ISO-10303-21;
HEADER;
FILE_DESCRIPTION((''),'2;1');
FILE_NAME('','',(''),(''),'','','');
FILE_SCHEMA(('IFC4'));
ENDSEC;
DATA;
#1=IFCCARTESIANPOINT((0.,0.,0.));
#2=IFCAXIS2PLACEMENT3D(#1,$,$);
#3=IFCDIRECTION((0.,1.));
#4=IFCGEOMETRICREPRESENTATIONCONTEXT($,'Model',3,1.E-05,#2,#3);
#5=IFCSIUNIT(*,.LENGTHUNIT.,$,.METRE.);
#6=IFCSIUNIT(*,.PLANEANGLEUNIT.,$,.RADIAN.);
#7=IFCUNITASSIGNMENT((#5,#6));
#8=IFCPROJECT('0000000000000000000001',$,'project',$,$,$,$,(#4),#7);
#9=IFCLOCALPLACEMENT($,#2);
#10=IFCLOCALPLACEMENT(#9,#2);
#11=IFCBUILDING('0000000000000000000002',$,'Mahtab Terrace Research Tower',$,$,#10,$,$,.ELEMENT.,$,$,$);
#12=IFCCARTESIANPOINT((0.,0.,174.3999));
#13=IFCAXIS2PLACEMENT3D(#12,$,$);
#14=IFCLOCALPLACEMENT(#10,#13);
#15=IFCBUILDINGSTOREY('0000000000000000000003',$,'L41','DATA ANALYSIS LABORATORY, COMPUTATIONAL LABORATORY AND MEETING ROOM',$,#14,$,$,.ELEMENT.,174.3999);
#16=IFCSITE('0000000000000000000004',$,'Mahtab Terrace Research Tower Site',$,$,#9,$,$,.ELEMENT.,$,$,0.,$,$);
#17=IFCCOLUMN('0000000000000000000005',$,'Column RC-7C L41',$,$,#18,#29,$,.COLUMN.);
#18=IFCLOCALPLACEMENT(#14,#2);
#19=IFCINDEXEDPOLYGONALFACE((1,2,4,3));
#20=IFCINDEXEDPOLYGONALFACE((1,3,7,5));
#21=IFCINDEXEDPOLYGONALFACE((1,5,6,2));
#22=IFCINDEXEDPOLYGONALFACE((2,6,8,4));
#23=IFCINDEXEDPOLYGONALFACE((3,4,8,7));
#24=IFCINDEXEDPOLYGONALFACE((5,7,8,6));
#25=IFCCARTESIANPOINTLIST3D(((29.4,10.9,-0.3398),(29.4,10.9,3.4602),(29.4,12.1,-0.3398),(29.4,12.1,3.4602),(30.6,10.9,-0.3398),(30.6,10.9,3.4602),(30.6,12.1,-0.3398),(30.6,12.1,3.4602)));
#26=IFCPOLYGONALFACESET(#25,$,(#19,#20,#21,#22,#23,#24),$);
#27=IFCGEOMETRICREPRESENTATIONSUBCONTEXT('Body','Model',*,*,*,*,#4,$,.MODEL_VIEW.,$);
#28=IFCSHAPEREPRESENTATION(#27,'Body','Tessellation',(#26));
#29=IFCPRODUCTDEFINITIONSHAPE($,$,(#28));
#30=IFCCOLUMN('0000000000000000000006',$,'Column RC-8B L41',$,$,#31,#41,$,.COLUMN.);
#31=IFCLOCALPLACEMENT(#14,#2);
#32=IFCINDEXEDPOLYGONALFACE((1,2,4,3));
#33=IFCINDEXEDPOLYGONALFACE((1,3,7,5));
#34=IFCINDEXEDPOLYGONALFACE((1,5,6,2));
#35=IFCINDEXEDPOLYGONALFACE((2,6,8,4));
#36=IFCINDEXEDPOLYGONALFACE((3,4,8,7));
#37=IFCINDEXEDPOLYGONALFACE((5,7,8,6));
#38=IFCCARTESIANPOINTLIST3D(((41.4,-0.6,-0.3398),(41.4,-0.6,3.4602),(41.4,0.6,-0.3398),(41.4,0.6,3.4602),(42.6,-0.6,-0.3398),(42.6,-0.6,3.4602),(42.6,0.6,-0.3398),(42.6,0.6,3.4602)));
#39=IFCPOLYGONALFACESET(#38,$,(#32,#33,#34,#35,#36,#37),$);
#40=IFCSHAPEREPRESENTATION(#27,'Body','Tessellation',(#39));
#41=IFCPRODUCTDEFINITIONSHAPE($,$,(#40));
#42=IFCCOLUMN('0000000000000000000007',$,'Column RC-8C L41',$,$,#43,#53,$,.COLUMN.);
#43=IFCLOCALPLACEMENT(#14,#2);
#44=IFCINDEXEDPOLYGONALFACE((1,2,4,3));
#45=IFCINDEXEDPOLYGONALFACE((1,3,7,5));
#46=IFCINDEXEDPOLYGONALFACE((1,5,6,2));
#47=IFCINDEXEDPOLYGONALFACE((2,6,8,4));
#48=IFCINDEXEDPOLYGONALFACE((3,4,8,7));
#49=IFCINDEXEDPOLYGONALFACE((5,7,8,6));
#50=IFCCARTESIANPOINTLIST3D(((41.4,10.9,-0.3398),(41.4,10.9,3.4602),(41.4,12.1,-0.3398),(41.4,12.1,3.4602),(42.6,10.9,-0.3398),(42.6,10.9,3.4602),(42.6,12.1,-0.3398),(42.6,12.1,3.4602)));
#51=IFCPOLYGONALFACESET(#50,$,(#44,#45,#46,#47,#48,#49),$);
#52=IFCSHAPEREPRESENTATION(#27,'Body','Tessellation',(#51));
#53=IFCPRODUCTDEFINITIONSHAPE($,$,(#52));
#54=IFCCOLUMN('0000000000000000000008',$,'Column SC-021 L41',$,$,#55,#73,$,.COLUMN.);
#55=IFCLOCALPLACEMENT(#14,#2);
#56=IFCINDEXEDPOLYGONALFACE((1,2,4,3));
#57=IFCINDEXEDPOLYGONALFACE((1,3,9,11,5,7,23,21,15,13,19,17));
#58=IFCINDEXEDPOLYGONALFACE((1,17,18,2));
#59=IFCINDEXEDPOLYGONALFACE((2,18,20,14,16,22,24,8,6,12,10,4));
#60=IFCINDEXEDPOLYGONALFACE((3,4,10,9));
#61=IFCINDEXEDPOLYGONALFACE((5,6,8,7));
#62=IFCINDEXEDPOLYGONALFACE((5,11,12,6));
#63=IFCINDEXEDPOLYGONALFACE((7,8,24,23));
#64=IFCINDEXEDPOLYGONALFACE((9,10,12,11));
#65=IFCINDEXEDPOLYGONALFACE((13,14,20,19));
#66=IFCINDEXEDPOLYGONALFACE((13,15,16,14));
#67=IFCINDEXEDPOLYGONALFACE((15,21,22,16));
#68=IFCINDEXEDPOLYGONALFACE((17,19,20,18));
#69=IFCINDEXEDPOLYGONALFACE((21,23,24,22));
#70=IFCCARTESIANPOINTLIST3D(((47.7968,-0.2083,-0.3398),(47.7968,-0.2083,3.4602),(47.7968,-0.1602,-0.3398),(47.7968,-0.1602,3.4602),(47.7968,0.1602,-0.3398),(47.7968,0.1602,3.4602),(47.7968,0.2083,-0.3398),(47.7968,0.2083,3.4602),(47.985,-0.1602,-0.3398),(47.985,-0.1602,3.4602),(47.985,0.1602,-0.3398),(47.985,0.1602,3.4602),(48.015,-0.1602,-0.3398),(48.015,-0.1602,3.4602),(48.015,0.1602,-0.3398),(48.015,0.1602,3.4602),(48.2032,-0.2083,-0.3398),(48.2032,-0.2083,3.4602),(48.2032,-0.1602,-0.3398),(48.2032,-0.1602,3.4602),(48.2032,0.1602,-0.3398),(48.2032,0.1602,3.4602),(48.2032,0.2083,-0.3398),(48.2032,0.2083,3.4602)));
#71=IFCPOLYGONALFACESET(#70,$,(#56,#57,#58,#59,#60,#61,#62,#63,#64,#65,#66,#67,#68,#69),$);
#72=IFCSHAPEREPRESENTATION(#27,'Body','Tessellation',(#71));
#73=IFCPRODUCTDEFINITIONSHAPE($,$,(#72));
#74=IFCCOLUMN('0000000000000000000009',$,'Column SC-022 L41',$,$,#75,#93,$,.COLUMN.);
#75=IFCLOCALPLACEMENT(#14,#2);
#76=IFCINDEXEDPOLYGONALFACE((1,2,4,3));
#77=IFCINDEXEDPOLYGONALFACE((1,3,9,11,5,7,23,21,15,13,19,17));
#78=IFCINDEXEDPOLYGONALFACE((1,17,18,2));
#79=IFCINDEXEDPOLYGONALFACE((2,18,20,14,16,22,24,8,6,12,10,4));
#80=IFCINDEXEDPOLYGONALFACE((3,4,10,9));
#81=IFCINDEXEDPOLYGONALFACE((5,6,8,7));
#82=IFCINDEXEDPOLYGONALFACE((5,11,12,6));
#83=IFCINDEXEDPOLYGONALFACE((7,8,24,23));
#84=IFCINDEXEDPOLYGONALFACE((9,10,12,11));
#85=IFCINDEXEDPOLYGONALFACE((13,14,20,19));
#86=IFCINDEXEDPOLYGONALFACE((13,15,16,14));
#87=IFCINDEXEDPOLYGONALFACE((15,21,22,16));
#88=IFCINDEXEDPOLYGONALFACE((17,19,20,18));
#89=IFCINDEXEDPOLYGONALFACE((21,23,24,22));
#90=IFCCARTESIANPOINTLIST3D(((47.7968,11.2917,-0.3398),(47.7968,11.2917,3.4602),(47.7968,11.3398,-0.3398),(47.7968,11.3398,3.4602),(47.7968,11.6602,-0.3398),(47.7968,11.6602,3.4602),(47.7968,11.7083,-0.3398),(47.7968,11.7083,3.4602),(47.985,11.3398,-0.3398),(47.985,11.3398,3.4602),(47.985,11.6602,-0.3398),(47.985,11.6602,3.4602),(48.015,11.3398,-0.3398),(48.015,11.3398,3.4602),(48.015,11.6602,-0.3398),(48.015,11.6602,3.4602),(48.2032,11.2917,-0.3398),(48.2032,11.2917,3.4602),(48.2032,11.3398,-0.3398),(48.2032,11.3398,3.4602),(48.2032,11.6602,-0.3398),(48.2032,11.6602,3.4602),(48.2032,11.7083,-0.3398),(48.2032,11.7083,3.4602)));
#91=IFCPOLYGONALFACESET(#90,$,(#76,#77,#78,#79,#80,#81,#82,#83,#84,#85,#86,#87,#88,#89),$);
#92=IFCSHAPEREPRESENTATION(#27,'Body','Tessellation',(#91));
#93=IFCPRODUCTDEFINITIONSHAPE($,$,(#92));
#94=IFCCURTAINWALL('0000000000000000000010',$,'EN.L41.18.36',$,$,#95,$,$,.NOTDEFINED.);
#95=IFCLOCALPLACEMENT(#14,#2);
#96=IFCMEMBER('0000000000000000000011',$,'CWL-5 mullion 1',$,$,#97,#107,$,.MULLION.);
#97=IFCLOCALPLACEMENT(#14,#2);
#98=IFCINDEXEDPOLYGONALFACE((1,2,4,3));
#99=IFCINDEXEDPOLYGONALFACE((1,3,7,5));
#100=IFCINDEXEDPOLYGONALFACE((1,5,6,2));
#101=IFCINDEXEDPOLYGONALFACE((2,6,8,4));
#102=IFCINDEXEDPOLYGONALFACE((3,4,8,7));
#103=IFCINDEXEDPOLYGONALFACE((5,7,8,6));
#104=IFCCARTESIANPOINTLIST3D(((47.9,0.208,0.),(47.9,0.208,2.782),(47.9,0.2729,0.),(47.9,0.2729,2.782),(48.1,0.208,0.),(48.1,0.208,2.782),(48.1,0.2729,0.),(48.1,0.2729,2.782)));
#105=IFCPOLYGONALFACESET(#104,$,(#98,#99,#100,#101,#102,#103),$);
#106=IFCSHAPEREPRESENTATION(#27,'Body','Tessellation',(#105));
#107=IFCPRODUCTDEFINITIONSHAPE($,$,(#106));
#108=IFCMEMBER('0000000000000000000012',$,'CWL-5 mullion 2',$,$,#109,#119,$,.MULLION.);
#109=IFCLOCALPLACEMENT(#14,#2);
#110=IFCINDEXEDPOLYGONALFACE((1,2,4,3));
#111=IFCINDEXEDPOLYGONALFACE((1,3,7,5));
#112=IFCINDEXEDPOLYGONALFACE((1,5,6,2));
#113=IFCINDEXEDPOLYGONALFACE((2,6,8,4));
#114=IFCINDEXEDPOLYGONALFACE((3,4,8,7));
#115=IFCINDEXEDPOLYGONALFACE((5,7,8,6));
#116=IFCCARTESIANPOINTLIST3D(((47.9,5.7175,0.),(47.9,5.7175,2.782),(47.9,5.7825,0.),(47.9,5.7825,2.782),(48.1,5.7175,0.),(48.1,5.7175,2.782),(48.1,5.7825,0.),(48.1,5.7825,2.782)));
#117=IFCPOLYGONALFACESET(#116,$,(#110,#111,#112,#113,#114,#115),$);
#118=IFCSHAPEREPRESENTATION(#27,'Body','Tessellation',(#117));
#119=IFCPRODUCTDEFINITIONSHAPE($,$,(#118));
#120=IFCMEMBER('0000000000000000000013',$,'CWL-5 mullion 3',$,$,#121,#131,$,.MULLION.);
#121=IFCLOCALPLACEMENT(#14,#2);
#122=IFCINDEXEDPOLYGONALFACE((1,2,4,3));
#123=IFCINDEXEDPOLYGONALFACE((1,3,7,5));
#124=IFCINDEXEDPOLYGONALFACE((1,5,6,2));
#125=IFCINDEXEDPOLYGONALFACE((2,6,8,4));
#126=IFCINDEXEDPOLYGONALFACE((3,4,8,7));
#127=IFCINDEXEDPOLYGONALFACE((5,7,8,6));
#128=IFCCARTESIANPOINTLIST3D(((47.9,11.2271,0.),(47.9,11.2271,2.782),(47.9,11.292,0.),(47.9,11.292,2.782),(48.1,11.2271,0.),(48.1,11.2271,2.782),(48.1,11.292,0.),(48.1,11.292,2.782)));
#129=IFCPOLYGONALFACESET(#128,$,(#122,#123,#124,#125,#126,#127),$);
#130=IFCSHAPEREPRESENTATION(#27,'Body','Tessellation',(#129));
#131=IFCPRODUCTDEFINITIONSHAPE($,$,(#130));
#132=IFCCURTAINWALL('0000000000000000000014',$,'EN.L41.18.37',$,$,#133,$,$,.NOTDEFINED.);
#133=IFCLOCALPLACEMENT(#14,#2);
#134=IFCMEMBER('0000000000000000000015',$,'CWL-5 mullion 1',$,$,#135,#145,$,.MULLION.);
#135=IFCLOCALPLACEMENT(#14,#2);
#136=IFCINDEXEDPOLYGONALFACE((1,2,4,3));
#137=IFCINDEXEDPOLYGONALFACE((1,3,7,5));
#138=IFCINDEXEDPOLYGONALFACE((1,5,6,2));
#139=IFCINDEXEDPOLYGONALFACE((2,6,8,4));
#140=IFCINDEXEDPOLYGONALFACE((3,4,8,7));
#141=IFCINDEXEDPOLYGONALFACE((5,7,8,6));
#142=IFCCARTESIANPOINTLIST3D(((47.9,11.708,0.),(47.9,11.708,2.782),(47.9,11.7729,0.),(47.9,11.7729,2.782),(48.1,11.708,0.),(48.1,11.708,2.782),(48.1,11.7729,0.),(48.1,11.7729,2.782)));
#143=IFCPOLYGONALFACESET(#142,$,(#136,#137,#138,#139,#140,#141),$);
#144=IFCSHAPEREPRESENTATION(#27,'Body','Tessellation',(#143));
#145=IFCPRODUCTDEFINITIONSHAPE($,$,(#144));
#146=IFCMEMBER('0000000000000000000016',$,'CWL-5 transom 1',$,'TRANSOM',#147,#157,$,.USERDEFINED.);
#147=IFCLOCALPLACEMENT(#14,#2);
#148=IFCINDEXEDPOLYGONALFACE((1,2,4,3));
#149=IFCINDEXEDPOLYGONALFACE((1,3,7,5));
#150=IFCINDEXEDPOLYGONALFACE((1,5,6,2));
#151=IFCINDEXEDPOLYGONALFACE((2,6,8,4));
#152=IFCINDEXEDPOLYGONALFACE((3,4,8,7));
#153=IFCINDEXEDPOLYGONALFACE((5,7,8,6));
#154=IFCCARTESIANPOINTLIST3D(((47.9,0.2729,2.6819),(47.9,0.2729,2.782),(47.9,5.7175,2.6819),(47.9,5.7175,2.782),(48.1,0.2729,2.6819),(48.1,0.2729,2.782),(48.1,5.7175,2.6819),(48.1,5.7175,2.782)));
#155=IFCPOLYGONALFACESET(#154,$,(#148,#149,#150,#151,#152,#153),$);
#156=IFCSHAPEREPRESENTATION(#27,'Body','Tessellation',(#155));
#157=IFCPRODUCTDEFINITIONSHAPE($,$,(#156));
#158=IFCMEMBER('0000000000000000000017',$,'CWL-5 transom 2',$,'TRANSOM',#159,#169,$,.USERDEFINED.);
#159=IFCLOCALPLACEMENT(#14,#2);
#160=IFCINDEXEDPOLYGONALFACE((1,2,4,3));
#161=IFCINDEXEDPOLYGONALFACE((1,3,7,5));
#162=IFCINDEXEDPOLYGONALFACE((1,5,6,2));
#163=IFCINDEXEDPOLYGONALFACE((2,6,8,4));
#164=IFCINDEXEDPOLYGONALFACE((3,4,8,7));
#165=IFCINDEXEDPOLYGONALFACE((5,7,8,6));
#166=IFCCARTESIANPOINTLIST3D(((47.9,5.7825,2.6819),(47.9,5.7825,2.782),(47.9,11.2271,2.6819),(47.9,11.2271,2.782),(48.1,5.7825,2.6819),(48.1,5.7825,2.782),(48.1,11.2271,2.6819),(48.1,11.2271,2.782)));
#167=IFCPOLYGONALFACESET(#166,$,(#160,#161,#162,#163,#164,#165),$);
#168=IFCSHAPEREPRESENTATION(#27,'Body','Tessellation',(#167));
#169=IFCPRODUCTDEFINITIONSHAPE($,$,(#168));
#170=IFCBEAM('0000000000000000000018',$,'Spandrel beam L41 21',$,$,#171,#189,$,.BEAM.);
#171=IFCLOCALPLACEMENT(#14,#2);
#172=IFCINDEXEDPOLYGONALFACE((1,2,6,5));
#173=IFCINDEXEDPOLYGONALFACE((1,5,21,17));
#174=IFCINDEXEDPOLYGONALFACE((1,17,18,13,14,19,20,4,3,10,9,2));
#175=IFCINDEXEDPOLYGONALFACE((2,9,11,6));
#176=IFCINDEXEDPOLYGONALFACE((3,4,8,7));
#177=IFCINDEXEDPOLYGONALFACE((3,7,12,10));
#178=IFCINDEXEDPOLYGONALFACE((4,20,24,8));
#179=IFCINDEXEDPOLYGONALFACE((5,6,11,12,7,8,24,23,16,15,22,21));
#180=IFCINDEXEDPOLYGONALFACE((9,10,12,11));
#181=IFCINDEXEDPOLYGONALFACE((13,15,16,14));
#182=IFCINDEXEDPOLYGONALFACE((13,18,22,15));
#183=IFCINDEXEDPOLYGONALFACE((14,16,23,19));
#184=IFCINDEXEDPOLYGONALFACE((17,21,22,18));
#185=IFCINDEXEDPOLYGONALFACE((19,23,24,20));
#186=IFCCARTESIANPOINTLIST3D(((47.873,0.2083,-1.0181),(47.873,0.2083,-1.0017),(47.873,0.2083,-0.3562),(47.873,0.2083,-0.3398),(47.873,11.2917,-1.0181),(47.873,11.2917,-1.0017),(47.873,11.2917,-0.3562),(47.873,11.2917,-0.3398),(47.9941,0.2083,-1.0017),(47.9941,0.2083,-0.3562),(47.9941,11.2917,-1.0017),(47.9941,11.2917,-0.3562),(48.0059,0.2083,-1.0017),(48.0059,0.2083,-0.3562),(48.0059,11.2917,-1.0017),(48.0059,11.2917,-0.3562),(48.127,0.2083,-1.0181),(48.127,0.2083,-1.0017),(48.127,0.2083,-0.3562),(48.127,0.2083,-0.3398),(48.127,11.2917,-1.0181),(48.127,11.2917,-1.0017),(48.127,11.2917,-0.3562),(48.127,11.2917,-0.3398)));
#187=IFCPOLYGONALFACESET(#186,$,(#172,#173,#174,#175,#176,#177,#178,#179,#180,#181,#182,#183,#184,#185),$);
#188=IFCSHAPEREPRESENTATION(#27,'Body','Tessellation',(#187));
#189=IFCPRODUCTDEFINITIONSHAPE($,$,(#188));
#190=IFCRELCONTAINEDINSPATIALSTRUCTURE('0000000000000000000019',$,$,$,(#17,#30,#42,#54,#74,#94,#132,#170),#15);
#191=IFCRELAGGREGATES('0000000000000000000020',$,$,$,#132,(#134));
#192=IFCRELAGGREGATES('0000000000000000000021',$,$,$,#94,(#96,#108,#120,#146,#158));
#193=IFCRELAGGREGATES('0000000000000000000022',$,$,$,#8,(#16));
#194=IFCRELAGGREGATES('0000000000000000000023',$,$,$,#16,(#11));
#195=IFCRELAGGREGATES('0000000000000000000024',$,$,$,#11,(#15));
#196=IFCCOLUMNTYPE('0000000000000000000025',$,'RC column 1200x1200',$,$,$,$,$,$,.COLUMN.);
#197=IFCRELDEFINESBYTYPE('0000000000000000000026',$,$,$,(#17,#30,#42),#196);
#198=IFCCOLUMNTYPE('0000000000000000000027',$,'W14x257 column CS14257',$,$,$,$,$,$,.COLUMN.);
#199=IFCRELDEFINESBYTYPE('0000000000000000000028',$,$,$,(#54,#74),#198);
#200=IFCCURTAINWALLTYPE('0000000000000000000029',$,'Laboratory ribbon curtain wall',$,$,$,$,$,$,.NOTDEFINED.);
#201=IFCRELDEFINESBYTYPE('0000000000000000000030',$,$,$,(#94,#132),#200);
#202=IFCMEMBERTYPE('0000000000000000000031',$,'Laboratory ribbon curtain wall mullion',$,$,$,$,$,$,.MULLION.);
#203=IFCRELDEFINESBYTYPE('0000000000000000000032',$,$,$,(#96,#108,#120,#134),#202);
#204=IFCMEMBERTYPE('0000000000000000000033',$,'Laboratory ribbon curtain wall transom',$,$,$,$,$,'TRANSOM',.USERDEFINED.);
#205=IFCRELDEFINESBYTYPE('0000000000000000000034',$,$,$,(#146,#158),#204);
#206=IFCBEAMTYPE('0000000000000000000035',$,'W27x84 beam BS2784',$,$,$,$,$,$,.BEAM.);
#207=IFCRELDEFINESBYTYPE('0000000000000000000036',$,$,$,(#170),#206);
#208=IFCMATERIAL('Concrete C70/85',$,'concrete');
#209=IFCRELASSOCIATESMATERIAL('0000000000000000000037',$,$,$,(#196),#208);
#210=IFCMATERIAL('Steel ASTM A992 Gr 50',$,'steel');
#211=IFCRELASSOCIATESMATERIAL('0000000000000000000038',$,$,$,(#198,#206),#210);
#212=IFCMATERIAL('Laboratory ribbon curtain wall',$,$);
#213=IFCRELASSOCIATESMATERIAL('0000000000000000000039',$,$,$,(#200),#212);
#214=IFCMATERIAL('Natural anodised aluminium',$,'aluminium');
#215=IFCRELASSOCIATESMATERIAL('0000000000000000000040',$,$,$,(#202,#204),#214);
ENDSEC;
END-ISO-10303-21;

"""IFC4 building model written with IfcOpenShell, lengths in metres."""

from ifc_helpers import new_model, si_unit, direction, frame, origin, origin_2d, place, context, subcontext, project, spatial, rectangle, i_section, extrude, material, material_profile, profile_set, type_object, element, aggregate, save


model = new_model("IFC4")

# Units and contexts
model_context = context("Model", 3, precision=1e-05, world=origin(), true_north=direction((0.0, 1.0)))
body_context = subcontext(model_context, "Body", "Model", "MODEL_VIEW")
ifc_project = project(units=[si_unit("LENGTHUNIT", "METRE"), si_unit("PLANEANGLEUNIT", "RADIAN")], contexts=[model_context])

# Site, building, storey
site_placement = place(None, origin())
site = spatial("IfcSite", under=ifc_project, at=site_placement, Name="Mahtab Terrace Research Tower Site", CompositionType="ELEMENT", RefElevation=0.0)
building_placement = place(site_placement, origin())
building = spatial("IfcBuilding", under=site, at=building_placement, Name="Mahtab Terrace Research Tower", CompositionType="ELEMENT")
storey_placement = place(building_placement, frame((0.0, 0.0, 174.3999)))
storey = spatial("IfcBuildingStorey", under=building, at=storey_placement, Name="L41", Description="DATA ANALYSIS LABORATORY, COMPUTATIONAL LABORATORY AND MEETING ROOM", CompositionType="ELEMENT", Elevation=174.3999)

# Columns
ifc_material_1 = material(Name="Concrete C70/85", Category="concrete")
ifc_material_profile_1 = material_profile(ifc_material_1, rectangle(XDim=1.2, YDim=1.2, at=origin_2d()), Name="RC column 1200x1200")
ifc_profile_set_1 = profile_set([ifc_material_profile_1], Name="Concrete C70/85")
column_type_1 = type_object("IfcColumnType", Name="RC column 1200x1200", PredefinedType="COLUMN", material=ifc_profile_set_1)
for number, where, z_axis, x_axis, name in (
    (1, (30.0, 11.5, -0.3398), (0.0, 0.0, 1.0), (1.0, 0.0, 0.0), "Column RC-7C L41"),
    (2, (42.0, 0.0, -0.3398), (0.0, 0.0, 1.0), (1.0, 0.0, 0.0), "Column RC-8B L41"),
    (3, (42.0, 11.5, -0.3398), (0.0, 0.0, 1.0), (1.0, 0.0, 0.0), "Column RC-8C L41"),
):
    element("IfcColumn", number, at=place(storey_placement, frame(where, z_axis=z_axis, x_axis=x_axis)), inside=storey, type_object=column_type_1, Name=name, PredefinedType="COLUMN", context=body_context, shape_type="SweptSolid", body=[
        extrude(rectangle(XDim=1.2, YDim=1.2, at=origin_2d()), origin(), (0.0, 0.0, 1.0), 3.8),
    ])
ifc_material_2 = material(Name="Steel ASTM A992 Gr 50", Category="steel")
ifc_material_profile_2 = material_profile(ifc_material_2, i_section(OverallWidth=0.4065, OverallDepth=0.4165, WebThickness=0.03, FlangeThickness=0.0481, at=origin_2d()), Name="W14X257")
ifc_profile_set_2 = profile_set([ifc_material_profile_2], Name="Steel ASTM A992 Gr 50")
column_type_2 = type_object("IfcColumnType", Name="W14x257 column CS14257", PredefinedType="COLUMN", material=ifc_profile_set_2)
for number, where, z_axis, x_axis, name in (
    (4, (48.0, 0.0, -0.3398), (0.0, 0.0, 1.0), (1.0, 0.0, 0.0), "Column SC-021 L41"),
    (5, (48.0, 11.5, -0.3398), (0.0, 0.0, 1.0), (1.0, 0.0, 0.0), "Column SC-022 L41"),
):
    element("IfcColumn", number, at=place(storey_placement, frame(where, z_axis=z_axis, x_axis=x_axis)), inside=storey, type_object=column_type_2, Name=name, PredefinedType="COLUMN", context=body_context, shape_type="SweptSolid", body=[
        extrude(i_section(OverallWidth=0.4065, OverallDepth=0.4165, WebThickness=0.03, FlangeThickness=0.0481, at=origin_2d()), origin(), (0.0, 0.0, 1.0), 3.8),
    ])

# Curtain wall, members
ifc_material_3 = material(Name="Laboratory ribbon curtain wall")
curtain_wall_type = type_object("IfcCurtainWallType", Name="Laboratory ribbon curtain wall", PredefinedType="NOTDEFINED", material=ifc_material_3)
curtain_wall_1_placement = place(storey_placement, origin())
curtain_wall_1 = element("IfcCurtainWall", 6, at=curtain_wall_1_placement, inside=storey, type_object=curtain_wall_type, Name="EN.L41.18.36", PredefinedType="NOTDEFINED")
ifc_material_4 = material(Name="Natural anodised aluminium", Category="aluminium")
ifc_material_profile_3 = material_profile(ifc_material_4, rectangle(XDim=0.2, YDim=0.0649, at=origin_2d()), Name="MULLION 65x200")
ifc_profile_set_3 = profile_set([ifc_material_profile_3], Name="Natural anodised aluminium")
member_type_1 = type_object("IfcMemberType", Name="Laboratory ribbon curtain wall mullion", PredefinedType="MULLION", material=ifc_profile_set_3)
member_1_placement = place(storey_placement, frame((48.0, 0.2405, 0.0), z_axis=(0.0, 0.0, 1.0), x_axis=(-1.0, 0.0, 0.0)))
member_1 = element("IfcMember", 7, at=member_1_placement, type_object=member_type_1, Name="CWL-5 mullion 1", PredefinedType="MULLION", context=body_context, shape_type="SweptSolid", body=[
    extrude(rectangle(XDim=0.2, YDim=0.0649, at=origin_2d()), origin(), (0.0, 0.0, 1.0), 2.782),
])
member_2_placement = place(storey_placement, frame((48.0, 5.75, 0.0), z_axis=(0.0, 0.0, 1.0), x_axis=(-1.0, 0.0, 0.0)))
member_2 = element("IfcMember", 8, at=member_2_placement, type_object=member_type_1, Name="CWL-5 mullion 2", PredefinedType="MULLION", context=body_context, shape_type="SweptSolid", body=[
    extrude(rectangle(XDim=0.2, YDim=0.0649, at=origin_2d()), origin(), (0.0, 0.0, 1.0), 2.782),
])
member_3_placement = place(storey_placement, frame((48.0, 11.2595, 0.0), z_axis=(0.0, 0.0, 1.0), x_axis=(-1.0, 0.0, 0.0)))
member_3 = element("IfcMember", 9, at=member_3_placement, type_object=member_type_1, Name="CWL-5 mullion 3", PredefinedType="MULLION", context=body_context, shape_type="SweptSolid", body=[
    extrude(rectangle(XDim=0.2, YDim=0.0649, at=origin_2d()), origin(), (0.0, 0.0, 1.0), 2.782),
])

# Curtain wall, member
curtain_wall_2_placement = place(storey_placement, origin())
curtain_wall_2 = element("IfcCurtainWall", 10, at=curtain_wall_2_placement, inside=storey, type_object=curtain_wall_type, Name="EN.L41.18.37", PredefinedType="NOTDEFINED")
member_4_placement = place(storey_placement, frame((48.0, 11.7405, 0.0), z_axis=(0.0, 0.0, 1.0), x_axis=(-1.0, 0.0, 0.0)))
member_4 = element("IfcMember", 11, at=member_4_placement, type_object=member_type_1, Name="CWL-5 mullion 1", PredefinedType="MULLION", context=body_context, shape_type="SweptSolid", body=[
    extrude(rectangle(XDim=0.2, YDim=0.0649, at=origin_2d()), origin(), (0.0, 0.0, 1.0), 2.782),
])
aggregate(curtain_wall_2, [member_4])

# Members
ifc_material_profile_4 = material_profile(ifc_material_4, rectangle(XDim=0.2, YDim=0.1001, at=origin_2d()), Name="TRANSOM 100x200")
ifc_profile_set_4 = profile_set([ifc_material_profile_4], Name="Natural anodised aluminium")
member_type_2 = type_object("IfcMemberType", Name="Laboratory ribbon curtain wall transom", ElementType="TRANSOM", PredefinedType="USERDEFINED", material=ifc_profile_set_4)
member_5_placement = place(storey_placement, frame((48.0, 0.2729, 2.7319), z_axis=(0.0, 1.0, 0.0), x_axis=(-1.0, 0.0, 0.0)))
member_5 = element("IfcMember", 12, at=member_5_placement, type_object=member_type_2, Name="CWL-5 transom 1", ObjectType="TRANSOM", PredefinedType="USERDEFINED", context=body_context, shape_type="SweptSolid", body=[
    extrude(rectangle(XDim=0.2, YDim=0.1001, at=origin_2d()), origin(), (0.0, 0.0, 1.0), 5.4446),
])
member_6_placement = place(storey_placement, frame((48.0, 5.7825, 2.7319), z_axis=(0.0, 1.0, 0.0), x_axis=(-1.0, 0.0, 0.0)))
member_6 = element("IfcMember", 13, at=member_6_placement, type_object=member_type_2, Name="CWL-5 transom 2", ObjectType="TRANSOM", PredefinedType="USERDEFINED", context=body_context, shape_type="SweptSolid", body=[
    extrude(rectangle(XDim=0.2, YDim=0.1001, at=origin_2d()), origin(), (0.0, 0.0, 1.0), 5.4446),
])

# Beam
ifc_material_profile_5 = material_profile(ifc_material_2, i_section(OverallWidth=0.2539, OverallDepth=0.6782, WebThickness=0.0117, FlangeThickness=0.0164, at=origin_2d()), Name="W27X84")
ifc_profile_set_5 = profile_set([ifc_material_profile_5], Name="Steel ASTM A992 Gr 50")
beam_type = type_object("IfcBeamType", Name="W27x84 beam BS2784", PredefinedType="BEAM", material=ifc_profile_set_5)
beam_1_placement = place(storey_placement, frame((48.0, 0.2083, -0.679), z_axis=(0.0, 1.0, 0.0), x_axis=(-1.0, 0.0, 0.0)))
element("IfcBeam", 14, at=beam_1_placement, inside=storey, type_object=beam_type, Name="Spandrel beam L41 21", PredefinedType="BEAM", context=body_context, shape_type="SweptSolid", body=[
    extrude(i_section(OverallWidth=0.2539, OverallDepth=0.6782, WebThickness=0.0117, FlangeThickness=0.0164, at=origin_2d()), origin(), (0.0, 0.0, 1.0), 11.0835),
])

aggregate(curtain_wall_1, [member_1, member_2, member_3, member_5, member_6])

save(model, "model.ifc")
